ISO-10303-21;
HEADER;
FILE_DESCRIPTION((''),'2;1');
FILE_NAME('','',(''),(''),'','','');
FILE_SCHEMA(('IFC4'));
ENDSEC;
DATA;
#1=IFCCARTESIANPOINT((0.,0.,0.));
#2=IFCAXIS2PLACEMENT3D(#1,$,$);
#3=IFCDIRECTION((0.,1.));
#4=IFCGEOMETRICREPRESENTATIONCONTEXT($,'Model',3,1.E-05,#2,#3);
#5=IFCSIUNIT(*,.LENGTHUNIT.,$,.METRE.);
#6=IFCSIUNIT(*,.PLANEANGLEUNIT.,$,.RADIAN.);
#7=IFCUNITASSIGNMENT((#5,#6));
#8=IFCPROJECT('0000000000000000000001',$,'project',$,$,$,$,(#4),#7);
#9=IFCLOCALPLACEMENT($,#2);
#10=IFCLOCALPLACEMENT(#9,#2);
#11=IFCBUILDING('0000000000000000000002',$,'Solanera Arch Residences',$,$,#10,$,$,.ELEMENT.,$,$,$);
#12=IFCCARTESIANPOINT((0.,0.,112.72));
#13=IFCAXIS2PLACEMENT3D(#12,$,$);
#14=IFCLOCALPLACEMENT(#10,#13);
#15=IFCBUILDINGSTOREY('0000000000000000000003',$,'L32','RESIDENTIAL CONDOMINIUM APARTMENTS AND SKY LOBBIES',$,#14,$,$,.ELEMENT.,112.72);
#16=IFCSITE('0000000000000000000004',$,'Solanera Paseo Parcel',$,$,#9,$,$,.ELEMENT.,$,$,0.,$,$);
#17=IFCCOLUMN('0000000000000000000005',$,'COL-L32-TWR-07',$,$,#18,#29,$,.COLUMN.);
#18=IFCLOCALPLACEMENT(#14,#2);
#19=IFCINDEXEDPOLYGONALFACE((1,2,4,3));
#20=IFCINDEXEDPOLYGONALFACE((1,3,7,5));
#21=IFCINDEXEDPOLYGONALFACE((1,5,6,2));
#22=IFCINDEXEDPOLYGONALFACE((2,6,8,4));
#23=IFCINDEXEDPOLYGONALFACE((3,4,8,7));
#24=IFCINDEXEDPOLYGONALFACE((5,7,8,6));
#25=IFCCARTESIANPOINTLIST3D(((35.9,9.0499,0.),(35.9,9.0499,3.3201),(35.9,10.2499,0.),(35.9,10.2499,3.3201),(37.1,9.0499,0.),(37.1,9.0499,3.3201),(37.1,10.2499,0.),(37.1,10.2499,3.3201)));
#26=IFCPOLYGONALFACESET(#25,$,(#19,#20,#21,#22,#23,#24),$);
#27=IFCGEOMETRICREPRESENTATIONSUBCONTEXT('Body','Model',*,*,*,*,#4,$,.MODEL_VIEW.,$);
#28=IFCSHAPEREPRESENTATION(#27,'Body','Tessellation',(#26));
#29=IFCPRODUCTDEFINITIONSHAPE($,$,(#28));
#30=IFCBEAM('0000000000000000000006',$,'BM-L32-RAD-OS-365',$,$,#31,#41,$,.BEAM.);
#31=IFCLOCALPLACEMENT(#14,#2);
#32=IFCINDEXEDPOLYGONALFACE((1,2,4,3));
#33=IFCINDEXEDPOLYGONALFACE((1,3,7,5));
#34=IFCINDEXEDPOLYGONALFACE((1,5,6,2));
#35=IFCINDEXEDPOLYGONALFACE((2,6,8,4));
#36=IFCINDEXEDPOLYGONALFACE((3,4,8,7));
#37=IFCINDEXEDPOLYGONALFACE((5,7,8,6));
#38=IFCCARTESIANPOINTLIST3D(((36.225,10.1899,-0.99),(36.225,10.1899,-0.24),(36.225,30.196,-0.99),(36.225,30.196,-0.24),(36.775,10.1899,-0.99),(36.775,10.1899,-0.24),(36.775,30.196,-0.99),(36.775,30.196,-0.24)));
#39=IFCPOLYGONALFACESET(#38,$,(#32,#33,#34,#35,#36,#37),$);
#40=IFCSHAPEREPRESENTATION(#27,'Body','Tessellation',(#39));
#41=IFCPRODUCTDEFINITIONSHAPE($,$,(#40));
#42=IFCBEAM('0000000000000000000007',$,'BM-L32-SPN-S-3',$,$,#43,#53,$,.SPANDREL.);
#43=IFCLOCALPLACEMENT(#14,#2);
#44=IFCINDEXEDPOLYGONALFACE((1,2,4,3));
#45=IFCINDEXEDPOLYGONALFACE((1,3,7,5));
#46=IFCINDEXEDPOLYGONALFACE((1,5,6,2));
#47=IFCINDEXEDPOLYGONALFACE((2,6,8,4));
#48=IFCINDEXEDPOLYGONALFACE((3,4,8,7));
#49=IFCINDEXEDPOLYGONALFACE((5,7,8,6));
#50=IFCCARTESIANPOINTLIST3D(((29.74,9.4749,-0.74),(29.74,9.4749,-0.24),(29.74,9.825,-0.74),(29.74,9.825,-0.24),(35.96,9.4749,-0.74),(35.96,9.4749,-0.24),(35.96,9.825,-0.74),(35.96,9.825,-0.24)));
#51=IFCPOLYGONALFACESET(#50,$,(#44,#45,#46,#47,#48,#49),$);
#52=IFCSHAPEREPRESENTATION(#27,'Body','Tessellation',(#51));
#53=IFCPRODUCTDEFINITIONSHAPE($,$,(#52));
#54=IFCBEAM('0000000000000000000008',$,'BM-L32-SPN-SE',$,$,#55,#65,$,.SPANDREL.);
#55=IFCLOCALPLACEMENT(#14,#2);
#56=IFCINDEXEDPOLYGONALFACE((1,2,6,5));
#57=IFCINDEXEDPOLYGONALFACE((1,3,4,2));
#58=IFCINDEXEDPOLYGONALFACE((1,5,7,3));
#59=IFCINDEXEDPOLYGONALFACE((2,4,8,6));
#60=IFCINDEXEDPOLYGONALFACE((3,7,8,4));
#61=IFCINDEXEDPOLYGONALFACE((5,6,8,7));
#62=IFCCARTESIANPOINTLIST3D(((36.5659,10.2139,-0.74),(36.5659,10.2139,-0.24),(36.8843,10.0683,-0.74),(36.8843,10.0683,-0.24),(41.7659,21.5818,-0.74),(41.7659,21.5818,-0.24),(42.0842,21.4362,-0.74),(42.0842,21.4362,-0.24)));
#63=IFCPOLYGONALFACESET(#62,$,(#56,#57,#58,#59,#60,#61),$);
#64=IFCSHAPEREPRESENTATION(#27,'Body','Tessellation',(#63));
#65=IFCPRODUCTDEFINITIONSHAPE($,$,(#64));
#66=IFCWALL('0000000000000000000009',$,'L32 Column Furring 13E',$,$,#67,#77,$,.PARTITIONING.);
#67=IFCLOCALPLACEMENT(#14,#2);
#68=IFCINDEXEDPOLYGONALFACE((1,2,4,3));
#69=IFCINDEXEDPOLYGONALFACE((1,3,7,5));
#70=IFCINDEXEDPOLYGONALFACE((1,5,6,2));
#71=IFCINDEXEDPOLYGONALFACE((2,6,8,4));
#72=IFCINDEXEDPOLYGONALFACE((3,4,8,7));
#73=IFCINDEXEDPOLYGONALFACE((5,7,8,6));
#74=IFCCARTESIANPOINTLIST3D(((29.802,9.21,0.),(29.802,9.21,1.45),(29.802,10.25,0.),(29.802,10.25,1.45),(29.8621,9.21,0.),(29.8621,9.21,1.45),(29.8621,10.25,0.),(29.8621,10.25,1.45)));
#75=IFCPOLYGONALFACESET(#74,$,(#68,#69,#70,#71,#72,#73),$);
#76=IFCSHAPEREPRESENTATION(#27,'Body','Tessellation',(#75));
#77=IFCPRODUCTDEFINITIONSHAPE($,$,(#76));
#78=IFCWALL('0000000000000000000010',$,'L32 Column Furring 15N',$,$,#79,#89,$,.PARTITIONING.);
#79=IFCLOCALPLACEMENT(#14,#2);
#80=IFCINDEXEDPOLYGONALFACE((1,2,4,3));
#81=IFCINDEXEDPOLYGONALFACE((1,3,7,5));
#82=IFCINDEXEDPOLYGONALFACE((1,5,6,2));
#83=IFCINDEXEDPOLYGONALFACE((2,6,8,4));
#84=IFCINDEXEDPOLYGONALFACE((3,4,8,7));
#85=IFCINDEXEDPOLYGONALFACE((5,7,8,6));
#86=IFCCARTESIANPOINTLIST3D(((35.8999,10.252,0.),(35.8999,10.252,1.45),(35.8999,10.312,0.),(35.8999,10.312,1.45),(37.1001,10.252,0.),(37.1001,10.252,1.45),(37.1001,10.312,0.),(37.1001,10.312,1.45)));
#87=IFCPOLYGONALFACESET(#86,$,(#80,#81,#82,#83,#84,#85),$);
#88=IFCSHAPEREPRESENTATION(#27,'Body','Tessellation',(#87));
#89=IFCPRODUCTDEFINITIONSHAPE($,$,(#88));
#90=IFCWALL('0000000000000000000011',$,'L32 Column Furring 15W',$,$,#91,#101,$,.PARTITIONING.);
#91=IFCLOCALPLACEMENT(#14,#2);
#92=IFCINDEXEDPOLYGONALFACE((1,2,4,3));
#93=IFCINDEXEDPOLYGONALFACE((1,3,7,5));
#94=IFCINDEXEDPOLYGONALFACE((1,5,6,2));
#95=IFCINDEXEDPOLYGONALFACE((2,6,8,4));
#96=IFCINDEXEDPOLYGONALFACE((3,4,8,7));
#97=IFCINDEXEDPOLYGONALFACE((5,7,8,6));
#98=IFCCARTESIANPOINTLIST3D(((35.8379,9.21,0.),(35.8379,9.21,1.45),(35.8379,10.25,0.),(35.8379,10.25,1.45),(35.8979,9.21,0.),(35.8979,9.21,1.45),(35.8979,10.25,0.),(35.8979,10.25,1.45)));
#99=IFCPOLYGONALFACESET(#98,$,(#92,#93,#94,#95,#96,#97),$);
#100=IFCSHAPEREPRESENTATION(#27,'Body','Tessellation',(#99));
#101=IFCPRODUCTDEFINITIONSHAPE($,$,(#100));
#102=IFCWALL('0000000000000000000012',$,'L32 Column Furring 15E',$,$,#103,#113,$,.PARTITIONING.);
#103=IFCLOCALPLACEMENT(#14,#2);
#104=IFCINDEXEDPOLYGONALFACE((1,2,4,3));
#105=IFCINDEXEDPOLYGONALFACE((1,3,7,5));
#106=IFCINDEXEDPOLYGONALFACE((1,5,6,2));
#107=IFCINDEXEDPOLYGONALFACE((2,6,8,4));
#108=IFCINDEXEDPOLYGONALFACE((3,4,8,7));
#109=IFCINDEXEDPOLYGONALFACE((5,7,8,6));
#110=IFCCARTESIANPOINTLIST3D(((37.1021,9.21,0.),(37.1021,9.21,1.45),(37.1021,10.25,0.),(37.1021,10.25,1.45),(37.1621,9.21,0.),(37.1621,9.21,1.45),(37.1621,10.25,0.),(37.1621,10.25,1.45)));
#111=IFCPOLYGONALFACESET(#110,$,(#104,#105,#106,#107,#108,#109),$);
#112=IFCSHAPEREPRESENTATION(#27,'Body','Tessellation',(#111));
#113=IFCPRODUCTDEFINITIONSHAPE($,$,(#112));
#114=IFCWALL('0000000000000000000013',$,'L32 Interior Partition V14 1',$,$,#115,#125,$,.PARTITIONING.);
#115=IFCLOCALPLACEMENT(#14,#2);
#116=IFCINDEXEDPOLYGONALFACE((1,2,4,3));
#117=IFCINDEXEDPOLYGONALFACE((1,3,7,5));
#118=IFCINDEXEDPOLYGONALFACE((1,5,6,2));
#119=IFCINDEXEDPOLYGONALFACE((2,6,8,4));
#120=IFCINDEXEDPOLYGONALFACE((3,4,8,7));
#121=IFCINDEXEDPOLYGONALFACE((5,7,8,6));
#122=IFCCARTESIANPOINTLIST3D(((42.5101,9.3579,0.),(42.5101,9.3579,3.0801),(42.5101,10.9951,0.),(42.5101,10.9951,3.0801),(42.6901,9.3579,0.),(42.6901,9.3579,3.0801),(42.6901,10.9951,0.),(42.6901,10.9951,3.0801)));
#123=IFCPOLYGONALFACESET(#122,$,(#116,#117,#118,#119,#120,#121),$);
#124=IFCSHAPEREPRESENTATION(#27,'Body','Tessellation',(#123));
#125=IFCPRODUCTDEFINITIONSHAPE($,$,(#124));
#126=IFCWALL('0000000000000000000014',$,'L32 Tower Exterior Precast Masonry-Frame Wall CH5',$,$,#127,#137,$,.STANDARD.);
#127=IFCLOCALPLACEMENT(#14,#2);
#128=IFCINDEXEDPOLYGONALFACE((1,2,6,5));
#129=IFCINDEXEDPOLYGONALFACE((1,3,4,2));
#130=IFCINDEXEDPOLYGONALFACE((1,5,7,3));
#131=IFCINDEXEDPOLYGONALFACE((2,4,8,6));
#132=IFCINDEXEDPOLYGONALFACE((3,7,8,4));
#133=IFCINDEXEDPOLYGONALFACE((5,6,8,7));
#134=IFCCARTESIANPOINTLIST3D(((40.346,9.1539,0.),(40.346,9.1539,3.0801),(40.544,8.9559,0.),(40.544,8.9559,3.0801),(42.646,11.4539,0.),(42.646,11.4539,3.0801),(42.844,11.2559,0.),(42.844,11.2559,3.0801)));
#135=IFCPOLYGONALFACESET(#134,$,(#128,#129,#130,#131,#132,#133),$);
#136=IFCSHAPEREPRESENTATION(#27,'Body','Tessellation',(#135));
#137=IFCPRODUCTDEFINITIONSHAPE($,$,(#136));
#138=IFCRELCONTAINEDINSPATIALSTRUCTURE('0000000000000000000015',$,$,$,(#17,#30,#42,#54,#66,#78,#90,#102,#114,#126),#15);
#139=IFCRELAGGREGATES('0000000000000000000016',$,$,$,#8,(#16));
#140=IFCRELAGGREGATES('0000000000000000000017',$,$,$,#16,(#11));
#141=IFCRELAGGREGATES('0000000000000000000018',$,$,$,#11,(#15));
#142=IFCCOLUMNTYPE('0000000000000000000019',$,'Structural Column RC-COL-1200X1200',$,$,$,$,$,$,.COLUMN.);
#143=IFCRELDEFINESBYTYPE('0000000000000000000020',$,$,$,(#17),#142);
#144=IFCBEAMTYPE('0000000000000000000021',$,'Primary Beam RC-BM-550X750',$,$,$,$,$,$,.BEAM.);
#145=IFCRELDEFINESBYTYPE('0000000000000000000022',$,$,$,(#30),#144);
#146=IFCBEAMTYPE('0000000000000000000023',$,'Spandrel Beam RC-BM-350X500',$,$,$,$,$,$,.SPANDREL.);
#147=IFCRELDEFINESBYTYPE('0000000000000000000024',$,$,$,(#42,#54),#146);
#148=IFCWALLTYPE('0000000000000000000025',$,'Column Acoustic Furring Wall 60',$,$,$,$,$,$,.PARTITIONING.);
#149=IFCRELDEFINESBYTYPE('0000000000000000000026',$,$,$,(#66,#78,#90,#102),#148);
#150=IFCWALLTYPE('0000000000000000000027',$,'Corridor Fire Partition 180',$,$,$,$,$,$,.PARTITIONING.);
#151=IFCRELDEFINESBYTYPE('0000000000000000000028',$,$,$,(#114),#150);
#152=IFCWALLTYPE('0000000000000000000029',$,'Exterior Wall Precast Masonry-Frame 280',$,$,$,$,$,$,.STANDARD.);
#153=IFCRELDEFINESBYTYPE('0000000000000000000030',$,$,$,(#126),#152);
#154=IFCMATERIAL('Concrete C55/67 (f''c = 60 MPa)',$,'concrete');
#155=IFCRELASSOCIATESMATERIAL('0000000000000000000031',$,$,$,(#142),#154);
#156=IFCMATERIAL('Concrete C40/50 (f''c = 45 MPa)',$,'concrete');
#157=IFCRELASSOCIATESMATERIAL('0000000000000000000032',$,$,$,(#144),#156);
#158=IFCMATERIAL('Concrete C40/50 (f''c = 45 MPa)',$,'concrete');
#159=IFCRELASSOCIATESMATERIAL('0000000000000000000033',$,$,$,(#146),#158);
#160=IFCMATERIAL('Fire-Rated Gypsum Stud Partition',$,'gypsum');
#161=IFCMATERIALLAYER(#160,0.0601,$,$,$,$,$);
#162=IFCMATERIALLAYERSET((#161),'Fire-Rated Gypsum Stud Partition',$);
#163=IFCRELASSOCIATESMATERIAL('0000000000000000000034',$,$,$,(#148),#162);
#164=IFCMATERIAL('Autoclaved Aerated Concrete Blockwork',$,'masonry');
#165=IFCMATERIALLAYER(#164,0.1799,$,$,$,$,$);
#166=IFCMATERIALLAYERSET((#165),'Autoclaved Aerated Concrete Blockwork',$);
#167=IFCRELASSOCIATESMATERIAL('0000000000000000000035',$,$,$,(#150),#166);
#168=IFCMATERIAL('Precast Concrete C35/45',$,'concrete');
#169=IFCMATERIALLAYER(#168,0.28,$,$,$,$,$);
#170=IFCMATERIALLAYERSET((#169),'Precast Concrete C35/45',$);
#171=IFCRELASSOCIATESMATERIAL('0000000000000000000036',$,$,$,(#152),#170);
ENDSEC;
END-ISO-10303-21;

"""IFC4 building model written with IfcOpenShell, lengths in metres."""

from ifc_helpers import new_model, si_unit, direction, frame, frame_2d, origin, origin_2d, place, context, subcontext, project, spatial, rectangle, extrude, material, layer, layer_set, material_profile, profile_set, type_object, element, save


model = new_model("IFC4")

# Units and contexts
model_context = context("Model", 3, precision=1e-05, world=origin(), true_north=direction((0.0, 1.0)))
body_context = subcontext(model_context, "Body", "Model", "MODEL_VIEW")
ifc_project = project(units=[si_unit("LENGTHUNIT", "METRE"), si_unit("PLANEANGLEUNIT", "RADIAN")], contexts=[model_context])

# Site, building, storey
site_placement = place(None, origin())
site = spatial("IfcSite", under=ifc_project, at=site_placement, Name="Solanera Paseo Parcel", CompositionType="ELEMENT", RefElevation=0.0)
building_placement = place(site_placement, origin())
building = spatial("IfcBuilding", under=site, at=building_placement, Name="Solanera Arch Residences", CompositionType="ELEMENT")
storey_placement = place(building_placement, frame((0.0, 0.0, 112.72)))
storey = spatial("IfcBuildingStorey", under=building, at=storey_placement, Name="L32", Description="RESIDENTIAL CONDOMINIUM APARTMENTS AND SKY LOBBIES", CompositionType="ELEMENT", Elevation=112.72)

# Column
ifc_material_1 = material(Name="Concrete C55/67 (f'c = 60 MPa)", Category="concrete")
ifc_material_profile_1 = material_profile(ifc_material_1, rectangle(XDim=1.2, YDim=1.2, at=origin_2d()))
ifc_profile_set_1 = profile_set([ifc_material_profile_1], Name="Concrete C55/67 (f'c = 60 MPa)")
column_type = type_object("IfcColumnType", Name="Structural Column RC-COL-1200X1200", PredefinedType="COLUMN", material=ifc_profile_set_1)
column_placement = place(storey_placement, frame((36.5, 9.6499, 0.0), z_axis=(0.0, 0.0, 1.0), x_axis=(1.0, 0.0, 0.0)))
element("IfcColumn", 1, at=column_placement, inside=storey, type_object=column_type, Name="COL-L32-TWR-07", PredefinedType="COLUMN", context=body_context, shape_type="SweptSolid", body=[
    extrude(rectangle(XDim=1.2, YDim=1.2, at=origin_2d()), origin(), (0.0, 0.0, 1.0), 3.3201),
])

# Beams
ifc_material_2 = material(Name="Concrete C40/50 (f'c = 45 MPa)", Category="concrete")
ifc_material_profile_2 = material_profile(ifc_material_2, rectangle(XDim=0.55, YDim=0.75, at=origin_2d()))
ifc_profile_set_2 = profile_set([ifc_material_profile_2], Name="Concrete C40/50 (f'c = 45 MPa)")
beam_type_1 = type_object("IfcBeamType", Name="Primary Beam RC-BM-550X750", PredefinedType="BEAM", material=ifc_profile_set_2)
beam_1_placement = place(storey_placement, frame((36.5, 10.1899, -0.615), z_axis=(0.0, 1.0, 0.0), x_axis=(-1.0, 0.0, 0.0)))
element("IfcBeam", 2, at=beam_1_placement, inside=storey, type_object=beam_type_1, Name="BM-L32-RAD-OS-365", PredefinedType="BEAM", context=body_context, shape_type="SweptSolid", body=[
    extrude(rectangle(XDim=0.55, YDim=0.75, at=origin_2d()), origin(), (0.0, 0.0, 1.0), 20.0061),
])
ifc_material_3 = material(Name="Concrete C40/50 (f'c = 45 MPa)", Category="concrete")
ifc_material_profile_3 = material_profile(ifc_material_3, rectangle(XDim=0.3501, YDim=0.5, at=origin_2d()))
ifc_profile_set_3 = profile_set([ifc_material_profile_3], Name="Concrete C40/50 (f'c = 45 MPa)")
beam_type_2 = type_object("IfcBeamType", Name="Spandrel Beam RC-BM-350X500", PredefinedType="SPANDREL", material=ifc_profile_set_3)
beam_2_placement = place(storey_placement, frame((29.74, 9.6499, -0.49), z_axis=(1.0, 0.0, 0.0), x_axis=(0.0, 1.0, 0.0)))
element("IfcBeam", 3, at=beam_2_placement, inside=storey, type_object=beam_type_2, Name="BM-L32-SPN-S-3", PredefinedType="SPANDREL", context=body_context, shape_type="SweptSolid", body=[
    extrude(rectangle(XDim=0.3501, YDim=0.5, at=origin_2d()), origin(), (0.0, 0.0, 1.0), 6.22),
])
beam_3_placement = place(storey_placement, frame((36.7251, 10.1411, -0.49), z_axis=(0.415971, 0.909378, 0.0), x_axis=(-0.909378, 0.415971, 0.0)))
element("IfcBeam", 4, at=beam_3_placement, inside=storey, type_object=beam_type_2, Name="BM-L32-SPN-SE", PredefinedType="SPANDREL", context=body_context, shape_type="SweptSolid", body=[
    extrude(rectangle(XDim=0.3501, YDim=0.5, at=origin_2d()), origin(), (0.0, 0.0, 1.0), 12.5007),
])

# Walls
ifc_material_4 = material(Name="Fire-Rated Gypsum Stud Partition", Category="gypsum")
ifc_layer_1 = layer(ifc_material_4, 0.0601)
ifc_layer_set_1 = layer_set([ifc_layer_1], Name="Fire-Rated Gypsum Stud Partition")
wall_type_1 = type_object("IfcWallType", Name="Column Acoustic Furring Wall 60", PredefinedType="PARTITIONING", material=ifc_layer_set_1)
wall_1_placement = place(storey_placement, frame((29.832, 9.21, 0.0), z_axis=(0.0, 0.0, 1.0), x_axis=(0.0, 1.0, 0.0)))
element("IfcWall", 5, at=wall_1_placement, inside=storey, type_object=wall_type_1, Name="L32 Column Furring 13E", PredefinedType="PARTITIONING", context=body_context, shape_type="SweptSolid", body=[
    extrude(rectangle(XDim=1.04, YDim=0.0601, at=frame_2d((0.52, 0.0))), origin(), (0.0, 0.0, 1.0), 1.45),
])
wall_2_placement = place(storey_placement, frame((35.8999, 10.282, 0.0), z_axis=(0.0, 0.0, 1.0), x_axis=(1.0, 0.0, 0.0)))
element("IfcWall", 6, at=wall_2_placement, inside=storey, type_object=wall_type_1, Name="L32 Column Furring 15N", PredefinedType="PARTITIONING", context=body_context, shape_type="SweptSolid", body=[
    extrude(rectangle(XDim=1.2002, YDim=0.0601, at=frame_2d((0.6001, 0.0))), origin(), (0.0, 0.0, 1.0), 1.45),
])
for number, where, z_axis, x_axis, name in (
    (7, (35.8679, 9.21, 0.0), (0.0, 0.0, 1.0), (0.0, 1.0, 0.0), "L32 Column Furring 15W"),
    (8, (37.1321, 9.21, 0.0), (0.0, 0.0, 1.0), (0.0, 1.0, 0.0), "L32 Column Furring 15E"),
):
    element("IfcWall", number, at=place(storey_placement, frame(where, z_axis=z_axis, x_axis=x_axis)), inside=storey, type_object=wall_type_1, Name=name, PredefinedType="PARTITIONING", context=body_context, shape_type="SweptSolid", body=[
        extrude(rectangle(XDim=1.04, YDim=0.0601, at=frame_2d((0.52, 0.0))), origin(), (0.0, 0.0, 1.0), 1.45),
    ])
ifc_material_5 = material(Name="Autoclaved Aerated Concrete Blockwork", Category="masonry")
ifc_layer_2 = layer(ifc_material_5, 0.1799)
ifc_layer_set_2 = layer_set([ifc_layer_2], Name="Autoclaved Aerated Concrete Blockwork")
wall_type_2 = type_object("IfcWallType", Name="Corridor Fire Partition 180", PredefinedType="PARTITIONING", material=ifc_layer_set_2)
wall_3_placement = place(storey_placement, frame((42.6001, 9.3579, 0.0), z_axis=(0.0, 0.0, 1.0), x_axis=(0.0, 1.0, 0.0)))
element("IfcWall", 9, at=wall_3_placement, inside=storey, type_object=wall_type_2, Name="L32 Interior Partition V14 1", PredefinedType="PARTITIONING", context=body_context, shape_type="SweptSolid", body=[
    extrude(rectangle(XDim=1.6372, YDim=0.1799, at=frame_2d((0.8186, 0.0))), origin(), (0.0, 0.0, 1.0), 3.0801),
])
ifc_material_6 = material(Name="Precast Concrete C35/45", Category="concrete")
ifc_layer_3 = layer(ifc_material_6, 0.28)
ifc_layer_set_3 = layer_set([ifc_layer_3], Name="Precast Concrete C35/45")
wall_type_3 = type_object("IfcWallType", Name="Exterior Wall Precast Masonry-Frame 280", PredefinedType="STANDARD", material=ifc_layer_set_3)
wall_4_placement = place(storey_placement, frame((42.7451, 11.355, 0.0), z_axis=(0.0, 0.0, 1.0), x_axis=(-0.707107, -0.707107, 0.0)))
element("IfcWall", 10, at=wall_4_placement, inside=storey, type_object=wall_type_3, Name="L32 Tower Exterior Precast Masonry-Frame Wall CH5", PredefinedType="STANDARD", context=body_context, shape_type="SweptSolid", body=[
    extrude(rectangle(XDim=3.2527, YDim=0.28, at=frame_2d((1.6265, 0.0))), origin(), (0.0, 0.0, 1.0), 3.0801),
])

save(model, "model.ifc")
